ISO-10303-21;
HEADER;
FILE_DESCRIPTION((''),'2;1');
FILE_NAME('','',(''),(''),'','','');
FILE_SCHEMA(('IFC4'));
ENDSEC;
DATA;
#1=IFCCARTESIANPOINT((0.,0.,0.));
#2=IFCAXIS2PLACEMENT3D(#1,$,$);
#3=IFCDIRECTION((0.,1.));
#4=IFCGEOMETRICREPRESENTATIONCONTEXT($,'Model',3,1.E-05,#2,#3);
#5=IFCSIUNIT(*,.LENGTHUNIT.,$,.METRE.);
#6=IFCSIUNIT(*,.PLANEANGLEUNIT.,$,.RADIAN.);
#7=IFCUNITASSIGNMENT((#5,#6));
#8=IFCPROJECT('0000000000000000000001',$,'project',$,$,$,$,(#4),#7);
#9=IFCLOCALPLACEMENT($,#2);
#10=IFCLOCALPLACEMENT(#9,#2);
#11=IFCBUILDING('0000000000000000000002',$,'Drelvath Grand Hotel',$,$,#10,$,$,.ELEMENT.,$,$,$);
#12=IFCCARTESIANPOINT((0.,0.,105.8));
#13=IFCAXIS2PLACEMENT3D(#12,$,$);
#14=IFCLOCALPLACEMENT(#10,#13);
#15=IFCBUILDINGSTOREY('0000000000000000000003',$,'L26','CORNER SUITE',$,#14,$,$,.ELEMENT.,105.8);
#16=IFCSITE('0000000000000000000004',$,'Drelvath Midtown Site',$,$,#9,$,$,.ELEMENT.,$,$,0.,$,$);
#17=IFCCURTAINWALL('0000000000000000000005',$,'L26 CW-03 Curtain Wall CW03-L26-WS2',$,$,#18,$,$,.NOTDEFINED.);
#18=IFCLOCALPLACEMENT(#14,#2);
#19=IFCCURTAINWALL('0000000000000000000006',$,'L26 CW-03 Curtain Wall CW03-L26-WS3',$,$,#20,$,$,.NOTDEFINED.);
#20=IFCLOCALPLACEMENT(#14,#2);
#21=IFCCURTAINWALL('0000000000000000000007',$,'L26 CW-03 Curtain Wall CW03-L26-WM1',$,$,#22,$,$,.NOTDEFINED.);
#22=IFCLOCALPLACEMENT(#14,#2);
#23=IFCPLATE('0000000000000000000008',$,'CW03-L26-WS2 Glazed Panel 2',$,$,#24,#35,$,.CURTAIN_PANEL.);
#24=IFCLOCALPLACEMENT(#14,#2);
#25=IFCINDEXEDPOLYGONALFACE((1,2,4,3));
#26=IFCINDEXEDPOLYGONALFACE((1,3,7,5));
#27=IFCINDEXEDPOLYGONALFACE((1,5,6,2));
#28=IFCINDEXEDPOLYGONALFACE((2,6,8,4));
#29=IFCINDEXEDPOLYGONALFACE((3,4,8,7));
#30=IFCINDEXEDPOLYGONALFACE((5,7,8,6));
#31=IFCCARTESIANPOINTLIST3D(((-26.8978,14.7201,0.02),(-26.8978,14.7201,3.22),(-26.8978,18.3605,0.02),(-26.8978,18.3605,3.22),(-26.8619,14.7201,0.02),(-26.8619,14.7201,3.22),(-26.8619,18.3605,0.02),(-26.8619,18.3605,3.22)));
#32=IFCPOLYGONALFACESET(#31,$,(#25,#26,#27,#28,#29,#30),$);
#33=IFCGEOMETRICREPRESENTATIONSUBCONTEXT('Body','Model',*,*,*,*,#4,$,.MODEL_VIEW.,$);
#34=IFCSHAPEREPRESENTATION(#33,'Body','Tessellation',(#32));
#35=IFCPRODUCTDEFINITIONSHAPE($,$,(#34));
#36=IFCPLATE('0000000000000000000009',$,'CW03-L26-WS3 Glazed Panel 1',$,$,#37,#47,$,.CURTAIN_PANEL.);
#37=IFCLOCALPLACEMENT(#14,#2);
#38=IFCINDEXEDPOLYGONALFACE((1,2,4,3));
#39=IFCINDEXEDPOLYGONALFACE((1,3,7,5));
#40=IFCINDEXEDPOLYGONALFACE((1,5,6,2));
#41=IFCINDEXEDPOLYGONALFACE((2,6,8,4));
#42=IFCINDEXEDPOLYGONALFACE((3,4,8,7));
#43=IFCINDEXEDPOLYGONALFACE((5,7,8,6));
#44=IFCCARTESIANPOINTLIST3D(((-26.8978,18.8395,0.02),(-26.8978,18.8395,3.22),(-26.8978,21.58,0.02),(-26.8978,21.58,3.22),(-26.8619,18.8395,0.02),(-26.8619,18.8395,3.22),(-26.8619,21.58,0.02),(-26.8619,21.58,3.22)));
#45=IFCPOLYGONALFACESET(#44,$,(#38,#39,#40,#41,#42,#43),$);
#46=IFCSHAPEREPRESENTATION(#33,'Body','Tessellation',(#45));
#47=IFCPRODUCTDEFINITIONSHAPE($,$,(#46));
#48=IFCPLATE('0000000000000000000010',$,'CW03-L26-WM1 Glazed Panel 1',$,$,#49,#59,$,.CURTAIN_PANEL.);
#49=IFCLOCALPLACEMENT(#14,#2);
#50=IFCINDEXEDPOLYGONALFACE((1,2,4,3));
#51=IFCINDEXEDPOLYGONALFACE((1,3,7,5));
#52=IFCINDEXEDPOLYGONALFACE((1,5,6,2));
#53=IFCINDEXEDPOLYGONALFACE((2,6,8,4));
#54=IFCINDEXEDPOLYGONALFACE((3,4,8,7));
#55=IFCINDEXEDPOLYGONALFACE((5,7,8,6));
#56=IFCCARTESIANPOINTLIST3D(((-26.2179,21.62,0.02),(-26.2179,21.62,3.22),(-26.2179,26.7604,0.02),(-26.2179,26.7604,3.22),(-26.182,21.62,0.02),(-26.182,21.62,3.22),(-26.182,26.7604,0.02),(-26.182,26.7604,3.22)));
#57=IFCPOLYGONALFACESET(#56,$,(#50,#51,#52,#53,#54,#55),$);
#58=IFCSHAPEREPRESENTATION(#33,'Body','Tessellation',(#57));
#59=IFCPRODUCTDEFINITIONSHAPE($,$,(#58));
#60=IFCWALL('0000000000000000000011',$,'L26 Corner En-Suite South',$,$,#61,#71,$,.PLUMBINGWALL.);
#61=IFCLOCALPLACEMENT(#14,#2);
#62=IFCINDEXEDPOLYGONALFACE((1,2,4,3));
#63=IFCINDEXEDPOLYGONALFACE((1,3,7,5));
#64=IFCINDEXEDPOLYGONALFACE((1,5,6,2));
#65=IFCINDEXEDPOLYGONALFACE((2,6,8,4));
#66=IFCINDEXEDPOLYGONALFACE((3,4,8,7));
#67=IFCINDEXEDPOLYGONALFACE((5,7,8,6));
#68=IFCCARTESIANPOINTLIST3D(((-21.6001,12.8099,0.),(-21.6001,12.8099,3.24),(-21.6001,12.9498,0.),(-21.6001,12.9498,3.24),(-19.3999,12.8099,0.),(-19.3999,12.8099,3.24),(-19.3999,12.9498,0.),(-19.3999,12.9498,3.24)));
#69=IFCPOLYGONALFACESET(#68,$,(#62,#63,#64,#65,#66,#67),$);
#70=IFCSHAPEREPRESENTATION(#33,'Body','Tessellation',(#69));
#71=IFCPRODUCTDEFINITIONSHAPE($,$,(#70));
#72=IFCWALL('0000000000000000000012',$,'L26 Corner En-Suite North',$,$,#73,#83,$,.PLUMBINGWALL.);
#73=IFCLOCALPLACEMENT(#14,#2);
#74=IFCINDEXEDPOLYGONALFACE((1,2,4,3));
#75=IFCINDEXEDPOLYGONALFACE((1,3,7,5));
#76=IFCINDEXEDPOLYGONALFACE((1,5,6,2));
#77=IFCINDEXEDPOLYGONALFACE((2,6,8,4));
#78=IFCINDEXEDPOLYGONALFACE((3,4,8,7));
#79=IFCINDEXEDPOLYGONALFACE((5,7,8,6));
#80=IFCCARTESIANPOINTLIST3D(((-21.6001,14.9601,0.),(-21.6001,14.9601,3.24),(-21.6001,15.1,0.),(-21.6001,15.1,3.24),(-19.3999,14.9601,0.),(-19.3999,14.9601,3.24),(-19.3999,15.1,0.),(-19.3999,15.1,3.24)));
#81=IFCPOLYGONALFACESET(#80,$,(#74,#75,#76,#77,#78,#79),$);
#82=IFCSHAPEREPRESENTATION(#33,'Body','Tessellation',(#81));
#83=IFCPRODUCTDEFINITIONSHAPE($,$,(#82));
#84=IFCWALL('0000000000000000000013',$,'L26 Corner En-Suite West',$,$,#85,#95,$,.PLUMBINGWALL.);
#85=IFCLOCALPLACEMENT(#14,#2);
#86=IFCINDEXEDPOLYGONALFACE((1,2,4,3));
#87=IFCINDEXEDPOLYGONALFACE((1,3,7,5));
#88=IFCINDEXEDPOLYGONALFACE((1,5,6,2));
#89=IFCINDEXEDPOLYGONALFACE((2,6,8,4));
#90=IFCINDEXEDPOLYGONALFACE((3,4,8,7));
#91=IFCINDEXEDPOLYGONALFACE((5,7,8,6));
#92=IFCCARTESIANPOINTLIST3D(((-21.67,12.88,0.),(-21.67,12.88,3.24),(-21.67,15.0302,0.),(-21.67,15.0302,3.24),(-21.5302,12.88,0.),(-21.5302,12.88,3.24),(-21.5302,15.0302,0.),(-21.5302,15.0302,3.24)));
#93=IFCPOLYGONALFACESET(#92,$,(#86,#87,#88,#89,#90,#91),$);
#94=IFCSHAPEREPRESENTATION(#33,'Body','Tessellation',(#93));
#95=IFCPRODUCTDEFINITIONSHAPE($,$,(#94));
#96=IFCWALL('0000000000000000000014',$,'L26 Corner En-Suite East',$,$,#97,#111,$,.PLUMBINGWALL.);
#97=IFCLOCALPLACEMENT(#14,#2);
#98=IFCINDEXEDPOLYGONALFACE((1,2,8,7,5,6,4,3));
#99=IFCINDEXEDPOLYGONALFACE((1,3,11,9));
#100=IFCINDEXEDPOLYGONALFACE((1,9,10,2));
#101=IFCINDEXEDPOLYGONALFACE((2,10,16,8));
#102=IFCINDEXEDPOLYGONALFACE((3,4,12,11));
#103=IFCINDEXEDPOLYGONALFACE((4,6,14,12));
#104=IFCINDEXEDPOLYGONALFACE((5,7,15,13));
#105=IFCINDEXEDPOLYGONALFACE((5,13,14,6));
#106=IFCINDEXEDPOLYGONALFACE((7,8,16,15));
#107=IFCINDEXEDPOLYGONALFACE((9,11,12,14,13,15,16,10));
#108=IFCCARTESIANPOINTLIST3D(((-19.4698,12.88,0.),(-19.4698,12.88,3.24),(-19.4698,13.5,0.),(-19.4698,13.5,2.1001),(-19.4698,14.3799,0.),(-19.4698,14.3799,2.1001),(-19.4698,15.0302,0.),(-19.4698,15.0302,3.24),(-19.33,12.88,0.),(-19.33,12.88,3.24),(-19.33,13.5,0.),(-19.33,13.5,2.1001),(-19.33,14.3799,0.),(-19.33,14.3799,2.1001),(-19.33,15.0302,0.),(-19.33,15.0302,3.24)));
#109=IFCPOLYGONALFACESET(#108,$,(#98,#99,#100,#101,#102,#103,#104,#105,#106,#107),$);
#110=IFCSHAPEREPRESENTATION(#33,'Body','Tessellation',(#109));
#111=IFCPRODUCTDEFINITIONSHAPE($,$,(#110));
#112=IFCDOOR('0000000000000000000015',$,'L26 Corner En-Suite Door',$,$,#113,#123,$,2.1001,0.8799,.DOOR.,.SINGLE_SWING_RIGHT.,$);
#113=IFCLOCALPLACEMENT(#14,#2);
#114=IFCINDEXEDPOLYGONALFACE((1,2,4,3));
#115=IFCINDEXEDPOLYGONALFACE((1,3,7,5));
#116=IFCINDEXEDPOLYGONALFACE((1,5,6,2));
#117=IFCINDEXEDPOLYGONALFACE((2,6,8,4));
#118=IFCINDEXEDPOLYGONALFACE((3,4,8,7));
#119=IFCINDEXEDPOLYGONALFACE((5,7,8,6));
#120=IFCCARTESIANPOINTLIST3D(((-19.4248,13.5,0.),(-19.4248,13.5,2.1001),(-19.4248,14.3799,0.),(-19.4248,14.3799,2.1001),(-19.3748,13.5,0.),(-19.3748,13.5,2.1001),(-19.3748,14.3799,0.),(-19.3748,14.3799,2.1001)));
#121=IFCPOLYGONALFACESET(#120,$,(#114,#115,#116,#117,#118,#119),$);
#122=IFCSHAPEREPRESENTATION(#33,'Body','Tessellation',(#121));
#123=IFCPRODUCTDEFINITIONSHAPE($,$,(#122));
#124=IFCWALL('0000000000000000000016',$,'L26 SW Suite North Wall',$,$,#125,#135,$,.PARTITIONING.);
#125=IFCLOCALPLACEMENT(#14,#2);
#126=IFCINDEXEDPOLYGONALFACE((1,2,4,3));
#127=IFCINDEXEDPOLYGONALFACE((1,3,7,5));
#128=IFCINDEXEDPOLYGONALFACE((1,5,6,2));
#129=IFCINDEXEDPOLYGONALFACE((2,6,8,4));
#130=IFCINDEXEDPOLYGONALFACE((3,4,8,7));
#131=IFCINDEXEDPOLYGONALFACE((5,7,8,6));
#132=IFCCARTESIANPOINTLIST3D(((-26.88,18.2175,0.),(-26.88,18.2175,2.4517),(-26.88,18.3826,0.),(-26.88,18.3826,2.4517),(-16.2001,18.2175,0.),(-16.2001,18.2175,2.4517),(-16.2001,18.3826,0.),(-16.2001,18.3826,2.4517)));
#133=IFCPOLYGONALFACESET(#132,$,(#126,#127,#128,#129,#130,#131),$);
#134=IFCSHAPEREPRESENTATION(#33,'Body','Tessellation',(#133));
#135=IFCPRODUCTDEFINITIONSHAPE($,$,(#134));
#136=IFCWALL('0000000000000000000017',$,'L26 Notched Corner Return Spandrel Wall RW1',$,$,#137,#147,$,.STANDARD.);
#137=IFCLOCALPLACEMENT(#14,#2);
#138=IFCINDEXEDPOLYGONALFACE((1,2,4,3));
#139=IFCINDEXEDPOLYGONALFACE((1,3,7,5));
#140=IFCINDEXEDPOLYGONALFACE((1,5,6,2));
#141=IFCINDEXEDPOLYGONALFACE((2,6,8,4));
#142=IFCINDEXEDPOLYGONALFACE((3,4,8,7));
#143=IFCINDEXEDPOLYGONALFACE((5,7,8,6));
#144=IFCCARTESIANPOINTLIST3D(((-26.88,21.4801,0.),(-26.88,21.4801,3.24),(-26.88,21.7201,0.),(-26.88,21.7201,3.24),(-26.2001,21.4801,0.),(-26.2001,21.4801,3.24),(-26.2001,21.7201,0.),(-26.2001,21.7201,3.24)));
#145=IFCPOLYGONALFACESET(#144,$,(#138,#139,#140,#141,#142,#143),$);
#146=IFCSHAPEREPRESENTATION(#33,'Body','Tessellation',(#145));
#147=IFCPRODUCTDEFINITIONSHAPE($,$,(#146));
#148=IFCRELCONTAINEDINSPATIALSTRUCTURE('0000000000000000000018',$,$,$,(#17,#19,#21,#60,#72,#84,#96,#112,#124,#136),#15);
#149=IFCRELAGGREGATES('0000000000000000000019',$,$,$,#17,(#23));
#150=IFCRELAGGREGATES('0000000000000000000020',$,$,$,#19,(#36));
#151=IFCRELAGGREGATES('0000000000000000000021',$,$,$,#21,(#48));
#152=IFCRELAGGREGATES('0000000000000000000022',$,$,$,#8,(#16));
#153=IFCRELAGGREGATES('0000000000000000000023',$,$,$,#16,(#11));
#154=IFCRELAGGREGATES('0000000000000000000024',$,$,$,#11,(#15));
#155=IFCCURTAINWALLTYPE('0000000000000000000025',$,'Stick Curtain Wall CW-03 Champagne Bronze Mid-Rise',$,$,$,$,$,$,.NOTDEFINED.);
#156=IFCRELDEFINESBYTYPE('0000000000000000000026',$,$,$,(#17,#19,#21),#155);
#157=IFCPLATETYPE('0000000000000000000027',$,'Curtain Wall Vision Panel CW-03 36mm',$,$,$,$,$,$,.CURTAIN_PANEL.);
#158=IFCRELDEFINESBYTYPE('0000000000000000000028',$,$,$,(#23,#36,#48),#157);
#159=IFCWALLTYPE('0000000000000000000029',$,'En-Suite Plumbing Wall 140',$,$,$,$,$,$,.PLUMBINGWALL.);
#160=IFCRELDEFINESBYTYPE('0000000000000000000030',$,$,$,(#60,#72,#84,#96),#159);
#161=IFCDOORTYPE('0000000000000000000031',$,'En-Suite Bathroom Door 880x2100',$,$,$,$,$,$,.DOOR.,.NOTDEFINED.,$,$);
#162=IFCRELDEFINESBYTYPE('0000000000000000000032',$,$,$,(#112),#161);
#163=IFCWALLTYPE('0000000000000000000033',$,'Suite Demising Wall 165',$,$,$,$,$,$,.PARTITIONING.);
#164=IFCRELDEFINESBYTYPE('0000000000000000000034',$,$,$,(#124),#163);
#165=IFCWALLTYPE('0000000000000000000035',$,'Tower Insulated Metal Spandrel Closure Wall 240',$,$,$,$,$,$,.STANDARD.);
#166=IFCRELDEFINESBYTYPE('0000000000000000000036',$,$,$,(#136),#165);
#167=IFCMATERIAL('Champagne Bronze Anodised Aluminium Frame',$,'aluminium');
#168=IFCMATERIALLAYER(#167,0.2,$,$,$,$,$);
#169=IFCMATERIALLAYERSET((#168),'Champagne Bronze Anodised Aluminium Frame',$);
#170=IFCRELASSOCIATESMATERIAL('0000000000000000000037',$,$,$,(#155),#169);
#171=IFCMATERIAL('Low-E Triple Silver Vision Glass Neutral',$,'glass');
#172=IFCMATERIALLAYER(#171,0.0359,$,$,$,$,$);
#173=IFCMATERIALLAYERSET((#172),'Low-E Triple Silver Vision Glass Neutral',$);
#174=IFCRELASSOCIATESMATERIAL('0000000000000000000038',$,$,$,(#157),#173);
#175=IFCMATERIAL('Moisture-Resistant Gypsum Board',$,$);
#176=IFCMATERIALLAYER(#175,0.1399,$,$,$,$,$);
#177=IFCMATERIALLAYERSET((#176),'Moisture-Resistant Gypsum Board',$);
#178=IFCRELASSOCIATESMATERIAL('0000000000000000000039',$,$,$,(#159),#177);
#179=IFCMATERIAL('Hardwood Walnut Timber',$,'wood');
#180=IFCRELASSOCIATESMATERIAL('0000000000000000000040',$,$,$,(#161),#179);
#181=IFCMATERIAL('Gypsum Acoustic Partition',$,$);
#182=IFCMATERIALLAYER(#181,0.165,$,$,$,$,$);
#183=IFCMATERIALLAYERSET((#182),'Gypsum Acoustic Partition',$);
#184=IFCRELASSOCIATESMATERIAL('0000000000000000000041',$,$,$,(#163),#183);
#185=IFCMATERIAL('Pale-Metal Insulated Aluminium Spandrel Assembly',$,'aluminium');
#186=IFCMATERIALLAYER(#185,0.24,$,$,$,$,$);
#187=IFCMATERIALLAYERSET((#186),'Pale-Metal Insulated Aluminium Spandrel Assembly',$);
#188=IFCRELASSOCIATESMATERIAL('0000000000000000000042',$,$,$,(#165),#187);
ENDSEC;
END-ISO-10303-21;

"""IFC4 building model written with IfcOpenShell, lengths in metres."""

from ifc_helpers import new_model, si_unit, direction, frame, frame_2d, origin, origin_2d, place, context, subcontext, project, spatial, rectangle, extrude, material, layer, layer_set, type_object, element, fill, aggregate, save


model = new_model("IFC4")

# Units and contexts
model_context = context("Model", 3, precision=1e-05, world=origin(), true_north=direction((0.0, 1.0)))
body_context = subcontext(model_context, "Body", "Model", "MODEL_VIEW")
ifc_project = project(units=[si_unit("LENGTHUNIT", "METRE"), si_unit("PLANEANGLEUNIT", "RADIAN")], contexts=[model_context])

# Site, building, storey
site_placement = place(None, origin())
site = spatial("IfcSite", under=ifc_project, at=site_placement, Name="Drelvath Midtown Site", CompositionType="ELEMENT", RefElevation=0.0)
building_placement = place(site_placement, origin())
building = spatial("IfcBuilding", under=site, at=building_placement, Name="Drelvath Grand Hotel", CompositionType="ELEMENT")
storey_placement = place(building_placement, frame((0.0, 0.0, 105.8)))
storey = spatial("IfcBuildingStorey", under=building, at=storey_placement, Name="L26", Description="CORNER SUITE", CompositionType="ELEMENT", Elevation=105.8)

# Curtain walls
ifc_material_1 = material(Name="Champagne Bronze Anodised Aluminium Frame", Category="aluminium")
ifc_layer_1 = layer(ifc_material_1, 0.2)
ifc_layer_set_1 = layer_set([ifc_layer_1], Name="Champagne Bronze Anodised Aluminium Frame")
curtain_wall_type = type_object("IfcCurtainWallType", Name="Stick Curtain Wall CW-03 Champagne Bronze Mid-Rise", PredefinedType="NOTDEFINED", material=ifc_layer_set_1)
curtain_wall_1_placement = place(storey_placement, origin())
curtain_wall_1 = element("IfcCurtainWall", 1, at=curtain_wall_1_placement, inside=storey, type_object=curtain_wall_type, Name="L26 CW-03 Curtain Wall CW03-L26-WS2", PredefinedType="NOTDEFINED")
curtain_wall_2_placement = place(storey_placement, origin())
curtain_wall_2 = element("IfcCurtainWall", 2, at=curtain_wall_2_placement, inside=storey, type_object=curtain_wall_type, Name="L26 CW-03 Curtain Wall CW03-L26-WS3", PredefinedType="NOTDEFINED")
curtain_wall_3_placement = place(storey_placement, origin())
curtain_wall_3 = element("IfcCurtainWall", 3, at=curtain_wall_3_placement, inside=storey, type_object=curtain_wall_type, Name="L26 CW-03 Curtain Wall CW03-L26-WM1", PredefinedType="NOTDEFINED")

# Plates
ifc_material_2 = material(Name="Low-E Triple Silver Vision Glass Neutral", Category="glass")
ifc_layer_2 = layer(ifc_material_2, 0.0359)
ifc_layer_set_2 = layer_set([ifc_layer_2], Name="Low-E Triple Silver Vision Glass Neutral")
plate_type = type_object("IfcPlateType", Name="Curtain Wall Vision Panel CW-03 36mm", PredefinedType="CURTAIN_PANEL", material=ifc_layer_set_2)
plate_1_placement = place(storey_placement, frame((-26.8799, 16.5403, 0.02), z_axis=(0.0, 0.0, 1.0), x_axis=(0.0, 1.0, 0.0)))
plate_1 = element("IfcPlate", 4, at=plate_1_placement, type_object=plate_type, Name="CW03-L26-WS2 Glazed Panel 2", PredefinedType="CURTAIN_PANEL", context=body_context, shape_type="SweptSolid", body=[
    extrude(rectangle(XDim=3.6404, YDim=0.0359, at=origin_2d()), origin(), (0.0, 0.0, 1.0), 3.2),
])
aggregate(curtain_wall_1, [plate_1])
plate_2_placement = place(storey_placement, frame((-26.8799, 20.2097, 0.02), z_axis=(0.0, 0.0, 1.0), x_axis=(0.0, 1.0, 0.0)))
plate_2 = element("IfcPlate", 5, at=plate_2_placement, type_object=plate_type, Name="CW03-L26-WS3 Glazed Panel 1", PredefinedType="CURTAIN_PANEL", context=body_context, shape_type="SweptSolid", body=[
    extrude(rectangle(XDim=2.7405, YDim=0.0359, at=origin_2d()), origin(), (0.0, 0.0, 1.0), 3.2),
])
aggregate(curtain_wall_2, [plate_2])
plate_3_placement = place(storey_placement, frame((-26.2, 24.1902, 0.02), z_axis=(0.0, 0.0, 1.0), x_axis=(0.0, 1.0, 0.0)))
plate_3 = element("IfcPlate", 6, at=plate_3_placement, type_object=plate_type, Name="CW03-L26-WM1 Glazed Panel 1", PredefinedType="CURTAIN_PANEL", context=body_context, shape_type="SweptSolid", body=[
    extrude(rectangle(XDim=5.1404, YDim=0.0359, at=origin_2d()), origin(), (0.0, 0.0, 1.0), 3.2),
])
aggregate(curtain_wall_3, [plate_3])

# Walls
ifc_material_3 = material(Name="Moisture-Resistant Gypsum Board")
ifc_layer_3 = layer(ifc_material_3, 0.1399)
ifc_layer_set_3 = layer_set([ifc_layer_3], Name="Moisture-Resistant Gypsum Board")
wall_type_1 = type_object("IfcWallType", Name="En-Suite Plumbing Wall 140", PredefinedType="PLUMBINGWALL", material=ifc_layer_set_3)
for number, where, z_axis, x_axis, name in (
    (7, (-21.6001, 12.8799, 0.0), (0.0, 0.0, 1.0), (1.0, 0.0, 0.0), "L26 Corner En-Suite South"),
    (8, (-21.6001, 15.03, 0.0), (0.0, 0.0, 1.0), (1.0, 0.0, 0.0), "L26 Corner En-Suite North"),
):
    element("IfcWall", number, at=place(storey_placement, frame(where, z_axis=z_axis, x_axis=x_axis)), inside=storey, type_object=wall_type_1, Name=name, PredefinedType="PLUMBINGWALL", context=body_context, shape_type="SweptSolid", body=[
        extrude(rectangle(XDim=2.2002, YDim=0.1399, at=frame_2d((1.1001, 0.0))), origin(), (0.0, 0.0, 1.0), 3.24),
    ])
wall_1_placement = place(storey_placement, frame((-21.6001, 12.8799, 0.0), z_axis=(0.0, 0.0, 1.0), x_axis=(0.0, 1.0, 0.0)))
element("IfcWall", 9, at=wall_1_placement, inside=storey, type_object=wall_type_1, Name="L26 Corner En-Suite West", PredefinedType="PLUMBINGWALL", context=body_context, shape_type="SweptSolid", body=[
    extrude(rectangle(XDim=2.1501, YDim=0.1399, at=frame_2d((1.0752, 0.0))), origin(), (0.0, 0.0, 1.0), 3.24),
])

# Wall, opening, door
wall_2_placement = place(storey_placement, frame((-19.3999, 12.8799, 0.0), z_axis=(0.0, 0.0, 1.0), x_axis=(0.0, 1.0, 0.0)))
wall_2 = element("IfcWall", 10, at=wall_2_placement, inside=storey, type_object=wall_type_1, Name="L26 Corner En-Suite East", PredefinedType="PLUMBINGWALL", context=body_context, shape_type="SweptSolid", body=[
    extrude(rectangle(XDim=2.1501, YDim=0.1399, at=frame_2d((1.0752, 0.0))), origin(), (0.0, 0.0, 1.0), 3.24),
])
opening_placement = place(wall_2_placement, frame((0.6201, 0.0, 0.0)))
opening = element("IfcOpeningElement", 11, at=opening_placement, cuts=wall_2, PredefinedType="OPENING", context=body_context, shape_type="SweptSolid", body=[
    extrude(rectangle(XDim=0.8799, YDim=2.1001, at=frame_2d((0.4399, 1.05))), frame((0.0, 0.0798, 0.0), z_axis=(0.0, -1.0, 0.0), x_axis=(1.0, 0.0, 0.0)), (0.0, 0.0, 1.0), 0.1599),
])
ifc_material_4 = material(Name="Hardwood Walnut Timber", Category="wood")
door_type = type_object("IfcDoorType", Name="En-Suite Bathroom Door 880x2100", OperationType="NOTDEFINED", PredefinedType="DOOR", material=ifc_material_4)
door_placement = place(opening_placement, origin())
door = element("IfcDoor", 12, at=door_placement, inside=storey, type_object=door_type, Name="L26 Corner En-Suite Door", OperationType="SINGLE_SWING_RIGHT", OverallHeight=2.1001, OverallWidth=0.8799, PredefinedType="DOOR", context=body_context, shape_type="SweptSolid", body=[
    extrude(rectangle(XDim=0.8799, YDim=2.1001, at=frame_2d((0.4399, 1.05))), frame((0.0, 0.0249, 0.0), z_axis=(0.0, -1.0, 0.0), x_axis=(1.0, 0.0, 0.0)), (0.0, 0.0, 1.0), 0.05),
])
fill(opening, door)

# Walls
ifc_material_5 = material(Name="Gypsum Acoustic Partition")
ifc_layer_4 = layer(ifc_material_5, 0.165)
ifc_layer_set_4 = layer_set([ifc_layer_4], Name="Gypsum Acoustic Partition")
wall_type_2 = type_object("IfcWallType", Name="Suite Demising Wall 165", PredefinedType="PARTITIONING", material=ifc_layer_set_4)
wall_3_placement = place(storey_placement, frame((-26.8799, 18.3, 0.0), z_axis=(0.0, 0.0, 1.0), x_axis=(1.0, 0.0, 0.0)))
element("IfcWall", 13, at=wall_3_placement, inside=storey, type_object=wall_type_2, Name="L26 SW Suite North Wall", PredefinedType="PARTITIONING", context=body_context, shape_type="SweptSolid", body=[
    extrude(rectangle(XDim=10.6799, YDim=0.165, at=frame_2d((5.3398, 0.0))), origin(), (0.0, 0.0, 1.0), 2.4517),
])
ifc_material_6 = material(Name="Pale-Metal Insulated Aluminium Spandrel Assembly", Category="aluminium")
ifc_layer_5 = layer(ifc_material_6, 0.24)
ifc_layer_set_5 = layer_set([ifc_layer_5], Name="Pale-Metal Insulated Aluminium Spandrel Assembly")
wall_type_3 = type_object("IfcWallType", Name="Tower Insulated Metal Spandrel Closure Wall 240", PredefinedType="STANDARD", material=ifc_layer_set_5)
wall_4_placement = place(storey_placement, frame((-26.8799, 21.6001, 0.0), z_axis=(0.0, 0.0, 1.0), x_axis=(1.0, 0.0, 0.0)))
element("IfcWall", 14, at=wall_4_placement, inside=storey, type_object=wall_type_3, Name="L26 Notched Corner Return Spandrel Wall RW1", PredefinedType="STANDARD", context=body_context, shape_type="SweptSolid", body=[
    extrude(rectangle(XDim=0.6799, YDim=0.24, at=frame_2d((0.3398, 0.0))), origin(), (0.0, 0.0, 1.0), 3.24),
])

save(model, "model.ifc")
